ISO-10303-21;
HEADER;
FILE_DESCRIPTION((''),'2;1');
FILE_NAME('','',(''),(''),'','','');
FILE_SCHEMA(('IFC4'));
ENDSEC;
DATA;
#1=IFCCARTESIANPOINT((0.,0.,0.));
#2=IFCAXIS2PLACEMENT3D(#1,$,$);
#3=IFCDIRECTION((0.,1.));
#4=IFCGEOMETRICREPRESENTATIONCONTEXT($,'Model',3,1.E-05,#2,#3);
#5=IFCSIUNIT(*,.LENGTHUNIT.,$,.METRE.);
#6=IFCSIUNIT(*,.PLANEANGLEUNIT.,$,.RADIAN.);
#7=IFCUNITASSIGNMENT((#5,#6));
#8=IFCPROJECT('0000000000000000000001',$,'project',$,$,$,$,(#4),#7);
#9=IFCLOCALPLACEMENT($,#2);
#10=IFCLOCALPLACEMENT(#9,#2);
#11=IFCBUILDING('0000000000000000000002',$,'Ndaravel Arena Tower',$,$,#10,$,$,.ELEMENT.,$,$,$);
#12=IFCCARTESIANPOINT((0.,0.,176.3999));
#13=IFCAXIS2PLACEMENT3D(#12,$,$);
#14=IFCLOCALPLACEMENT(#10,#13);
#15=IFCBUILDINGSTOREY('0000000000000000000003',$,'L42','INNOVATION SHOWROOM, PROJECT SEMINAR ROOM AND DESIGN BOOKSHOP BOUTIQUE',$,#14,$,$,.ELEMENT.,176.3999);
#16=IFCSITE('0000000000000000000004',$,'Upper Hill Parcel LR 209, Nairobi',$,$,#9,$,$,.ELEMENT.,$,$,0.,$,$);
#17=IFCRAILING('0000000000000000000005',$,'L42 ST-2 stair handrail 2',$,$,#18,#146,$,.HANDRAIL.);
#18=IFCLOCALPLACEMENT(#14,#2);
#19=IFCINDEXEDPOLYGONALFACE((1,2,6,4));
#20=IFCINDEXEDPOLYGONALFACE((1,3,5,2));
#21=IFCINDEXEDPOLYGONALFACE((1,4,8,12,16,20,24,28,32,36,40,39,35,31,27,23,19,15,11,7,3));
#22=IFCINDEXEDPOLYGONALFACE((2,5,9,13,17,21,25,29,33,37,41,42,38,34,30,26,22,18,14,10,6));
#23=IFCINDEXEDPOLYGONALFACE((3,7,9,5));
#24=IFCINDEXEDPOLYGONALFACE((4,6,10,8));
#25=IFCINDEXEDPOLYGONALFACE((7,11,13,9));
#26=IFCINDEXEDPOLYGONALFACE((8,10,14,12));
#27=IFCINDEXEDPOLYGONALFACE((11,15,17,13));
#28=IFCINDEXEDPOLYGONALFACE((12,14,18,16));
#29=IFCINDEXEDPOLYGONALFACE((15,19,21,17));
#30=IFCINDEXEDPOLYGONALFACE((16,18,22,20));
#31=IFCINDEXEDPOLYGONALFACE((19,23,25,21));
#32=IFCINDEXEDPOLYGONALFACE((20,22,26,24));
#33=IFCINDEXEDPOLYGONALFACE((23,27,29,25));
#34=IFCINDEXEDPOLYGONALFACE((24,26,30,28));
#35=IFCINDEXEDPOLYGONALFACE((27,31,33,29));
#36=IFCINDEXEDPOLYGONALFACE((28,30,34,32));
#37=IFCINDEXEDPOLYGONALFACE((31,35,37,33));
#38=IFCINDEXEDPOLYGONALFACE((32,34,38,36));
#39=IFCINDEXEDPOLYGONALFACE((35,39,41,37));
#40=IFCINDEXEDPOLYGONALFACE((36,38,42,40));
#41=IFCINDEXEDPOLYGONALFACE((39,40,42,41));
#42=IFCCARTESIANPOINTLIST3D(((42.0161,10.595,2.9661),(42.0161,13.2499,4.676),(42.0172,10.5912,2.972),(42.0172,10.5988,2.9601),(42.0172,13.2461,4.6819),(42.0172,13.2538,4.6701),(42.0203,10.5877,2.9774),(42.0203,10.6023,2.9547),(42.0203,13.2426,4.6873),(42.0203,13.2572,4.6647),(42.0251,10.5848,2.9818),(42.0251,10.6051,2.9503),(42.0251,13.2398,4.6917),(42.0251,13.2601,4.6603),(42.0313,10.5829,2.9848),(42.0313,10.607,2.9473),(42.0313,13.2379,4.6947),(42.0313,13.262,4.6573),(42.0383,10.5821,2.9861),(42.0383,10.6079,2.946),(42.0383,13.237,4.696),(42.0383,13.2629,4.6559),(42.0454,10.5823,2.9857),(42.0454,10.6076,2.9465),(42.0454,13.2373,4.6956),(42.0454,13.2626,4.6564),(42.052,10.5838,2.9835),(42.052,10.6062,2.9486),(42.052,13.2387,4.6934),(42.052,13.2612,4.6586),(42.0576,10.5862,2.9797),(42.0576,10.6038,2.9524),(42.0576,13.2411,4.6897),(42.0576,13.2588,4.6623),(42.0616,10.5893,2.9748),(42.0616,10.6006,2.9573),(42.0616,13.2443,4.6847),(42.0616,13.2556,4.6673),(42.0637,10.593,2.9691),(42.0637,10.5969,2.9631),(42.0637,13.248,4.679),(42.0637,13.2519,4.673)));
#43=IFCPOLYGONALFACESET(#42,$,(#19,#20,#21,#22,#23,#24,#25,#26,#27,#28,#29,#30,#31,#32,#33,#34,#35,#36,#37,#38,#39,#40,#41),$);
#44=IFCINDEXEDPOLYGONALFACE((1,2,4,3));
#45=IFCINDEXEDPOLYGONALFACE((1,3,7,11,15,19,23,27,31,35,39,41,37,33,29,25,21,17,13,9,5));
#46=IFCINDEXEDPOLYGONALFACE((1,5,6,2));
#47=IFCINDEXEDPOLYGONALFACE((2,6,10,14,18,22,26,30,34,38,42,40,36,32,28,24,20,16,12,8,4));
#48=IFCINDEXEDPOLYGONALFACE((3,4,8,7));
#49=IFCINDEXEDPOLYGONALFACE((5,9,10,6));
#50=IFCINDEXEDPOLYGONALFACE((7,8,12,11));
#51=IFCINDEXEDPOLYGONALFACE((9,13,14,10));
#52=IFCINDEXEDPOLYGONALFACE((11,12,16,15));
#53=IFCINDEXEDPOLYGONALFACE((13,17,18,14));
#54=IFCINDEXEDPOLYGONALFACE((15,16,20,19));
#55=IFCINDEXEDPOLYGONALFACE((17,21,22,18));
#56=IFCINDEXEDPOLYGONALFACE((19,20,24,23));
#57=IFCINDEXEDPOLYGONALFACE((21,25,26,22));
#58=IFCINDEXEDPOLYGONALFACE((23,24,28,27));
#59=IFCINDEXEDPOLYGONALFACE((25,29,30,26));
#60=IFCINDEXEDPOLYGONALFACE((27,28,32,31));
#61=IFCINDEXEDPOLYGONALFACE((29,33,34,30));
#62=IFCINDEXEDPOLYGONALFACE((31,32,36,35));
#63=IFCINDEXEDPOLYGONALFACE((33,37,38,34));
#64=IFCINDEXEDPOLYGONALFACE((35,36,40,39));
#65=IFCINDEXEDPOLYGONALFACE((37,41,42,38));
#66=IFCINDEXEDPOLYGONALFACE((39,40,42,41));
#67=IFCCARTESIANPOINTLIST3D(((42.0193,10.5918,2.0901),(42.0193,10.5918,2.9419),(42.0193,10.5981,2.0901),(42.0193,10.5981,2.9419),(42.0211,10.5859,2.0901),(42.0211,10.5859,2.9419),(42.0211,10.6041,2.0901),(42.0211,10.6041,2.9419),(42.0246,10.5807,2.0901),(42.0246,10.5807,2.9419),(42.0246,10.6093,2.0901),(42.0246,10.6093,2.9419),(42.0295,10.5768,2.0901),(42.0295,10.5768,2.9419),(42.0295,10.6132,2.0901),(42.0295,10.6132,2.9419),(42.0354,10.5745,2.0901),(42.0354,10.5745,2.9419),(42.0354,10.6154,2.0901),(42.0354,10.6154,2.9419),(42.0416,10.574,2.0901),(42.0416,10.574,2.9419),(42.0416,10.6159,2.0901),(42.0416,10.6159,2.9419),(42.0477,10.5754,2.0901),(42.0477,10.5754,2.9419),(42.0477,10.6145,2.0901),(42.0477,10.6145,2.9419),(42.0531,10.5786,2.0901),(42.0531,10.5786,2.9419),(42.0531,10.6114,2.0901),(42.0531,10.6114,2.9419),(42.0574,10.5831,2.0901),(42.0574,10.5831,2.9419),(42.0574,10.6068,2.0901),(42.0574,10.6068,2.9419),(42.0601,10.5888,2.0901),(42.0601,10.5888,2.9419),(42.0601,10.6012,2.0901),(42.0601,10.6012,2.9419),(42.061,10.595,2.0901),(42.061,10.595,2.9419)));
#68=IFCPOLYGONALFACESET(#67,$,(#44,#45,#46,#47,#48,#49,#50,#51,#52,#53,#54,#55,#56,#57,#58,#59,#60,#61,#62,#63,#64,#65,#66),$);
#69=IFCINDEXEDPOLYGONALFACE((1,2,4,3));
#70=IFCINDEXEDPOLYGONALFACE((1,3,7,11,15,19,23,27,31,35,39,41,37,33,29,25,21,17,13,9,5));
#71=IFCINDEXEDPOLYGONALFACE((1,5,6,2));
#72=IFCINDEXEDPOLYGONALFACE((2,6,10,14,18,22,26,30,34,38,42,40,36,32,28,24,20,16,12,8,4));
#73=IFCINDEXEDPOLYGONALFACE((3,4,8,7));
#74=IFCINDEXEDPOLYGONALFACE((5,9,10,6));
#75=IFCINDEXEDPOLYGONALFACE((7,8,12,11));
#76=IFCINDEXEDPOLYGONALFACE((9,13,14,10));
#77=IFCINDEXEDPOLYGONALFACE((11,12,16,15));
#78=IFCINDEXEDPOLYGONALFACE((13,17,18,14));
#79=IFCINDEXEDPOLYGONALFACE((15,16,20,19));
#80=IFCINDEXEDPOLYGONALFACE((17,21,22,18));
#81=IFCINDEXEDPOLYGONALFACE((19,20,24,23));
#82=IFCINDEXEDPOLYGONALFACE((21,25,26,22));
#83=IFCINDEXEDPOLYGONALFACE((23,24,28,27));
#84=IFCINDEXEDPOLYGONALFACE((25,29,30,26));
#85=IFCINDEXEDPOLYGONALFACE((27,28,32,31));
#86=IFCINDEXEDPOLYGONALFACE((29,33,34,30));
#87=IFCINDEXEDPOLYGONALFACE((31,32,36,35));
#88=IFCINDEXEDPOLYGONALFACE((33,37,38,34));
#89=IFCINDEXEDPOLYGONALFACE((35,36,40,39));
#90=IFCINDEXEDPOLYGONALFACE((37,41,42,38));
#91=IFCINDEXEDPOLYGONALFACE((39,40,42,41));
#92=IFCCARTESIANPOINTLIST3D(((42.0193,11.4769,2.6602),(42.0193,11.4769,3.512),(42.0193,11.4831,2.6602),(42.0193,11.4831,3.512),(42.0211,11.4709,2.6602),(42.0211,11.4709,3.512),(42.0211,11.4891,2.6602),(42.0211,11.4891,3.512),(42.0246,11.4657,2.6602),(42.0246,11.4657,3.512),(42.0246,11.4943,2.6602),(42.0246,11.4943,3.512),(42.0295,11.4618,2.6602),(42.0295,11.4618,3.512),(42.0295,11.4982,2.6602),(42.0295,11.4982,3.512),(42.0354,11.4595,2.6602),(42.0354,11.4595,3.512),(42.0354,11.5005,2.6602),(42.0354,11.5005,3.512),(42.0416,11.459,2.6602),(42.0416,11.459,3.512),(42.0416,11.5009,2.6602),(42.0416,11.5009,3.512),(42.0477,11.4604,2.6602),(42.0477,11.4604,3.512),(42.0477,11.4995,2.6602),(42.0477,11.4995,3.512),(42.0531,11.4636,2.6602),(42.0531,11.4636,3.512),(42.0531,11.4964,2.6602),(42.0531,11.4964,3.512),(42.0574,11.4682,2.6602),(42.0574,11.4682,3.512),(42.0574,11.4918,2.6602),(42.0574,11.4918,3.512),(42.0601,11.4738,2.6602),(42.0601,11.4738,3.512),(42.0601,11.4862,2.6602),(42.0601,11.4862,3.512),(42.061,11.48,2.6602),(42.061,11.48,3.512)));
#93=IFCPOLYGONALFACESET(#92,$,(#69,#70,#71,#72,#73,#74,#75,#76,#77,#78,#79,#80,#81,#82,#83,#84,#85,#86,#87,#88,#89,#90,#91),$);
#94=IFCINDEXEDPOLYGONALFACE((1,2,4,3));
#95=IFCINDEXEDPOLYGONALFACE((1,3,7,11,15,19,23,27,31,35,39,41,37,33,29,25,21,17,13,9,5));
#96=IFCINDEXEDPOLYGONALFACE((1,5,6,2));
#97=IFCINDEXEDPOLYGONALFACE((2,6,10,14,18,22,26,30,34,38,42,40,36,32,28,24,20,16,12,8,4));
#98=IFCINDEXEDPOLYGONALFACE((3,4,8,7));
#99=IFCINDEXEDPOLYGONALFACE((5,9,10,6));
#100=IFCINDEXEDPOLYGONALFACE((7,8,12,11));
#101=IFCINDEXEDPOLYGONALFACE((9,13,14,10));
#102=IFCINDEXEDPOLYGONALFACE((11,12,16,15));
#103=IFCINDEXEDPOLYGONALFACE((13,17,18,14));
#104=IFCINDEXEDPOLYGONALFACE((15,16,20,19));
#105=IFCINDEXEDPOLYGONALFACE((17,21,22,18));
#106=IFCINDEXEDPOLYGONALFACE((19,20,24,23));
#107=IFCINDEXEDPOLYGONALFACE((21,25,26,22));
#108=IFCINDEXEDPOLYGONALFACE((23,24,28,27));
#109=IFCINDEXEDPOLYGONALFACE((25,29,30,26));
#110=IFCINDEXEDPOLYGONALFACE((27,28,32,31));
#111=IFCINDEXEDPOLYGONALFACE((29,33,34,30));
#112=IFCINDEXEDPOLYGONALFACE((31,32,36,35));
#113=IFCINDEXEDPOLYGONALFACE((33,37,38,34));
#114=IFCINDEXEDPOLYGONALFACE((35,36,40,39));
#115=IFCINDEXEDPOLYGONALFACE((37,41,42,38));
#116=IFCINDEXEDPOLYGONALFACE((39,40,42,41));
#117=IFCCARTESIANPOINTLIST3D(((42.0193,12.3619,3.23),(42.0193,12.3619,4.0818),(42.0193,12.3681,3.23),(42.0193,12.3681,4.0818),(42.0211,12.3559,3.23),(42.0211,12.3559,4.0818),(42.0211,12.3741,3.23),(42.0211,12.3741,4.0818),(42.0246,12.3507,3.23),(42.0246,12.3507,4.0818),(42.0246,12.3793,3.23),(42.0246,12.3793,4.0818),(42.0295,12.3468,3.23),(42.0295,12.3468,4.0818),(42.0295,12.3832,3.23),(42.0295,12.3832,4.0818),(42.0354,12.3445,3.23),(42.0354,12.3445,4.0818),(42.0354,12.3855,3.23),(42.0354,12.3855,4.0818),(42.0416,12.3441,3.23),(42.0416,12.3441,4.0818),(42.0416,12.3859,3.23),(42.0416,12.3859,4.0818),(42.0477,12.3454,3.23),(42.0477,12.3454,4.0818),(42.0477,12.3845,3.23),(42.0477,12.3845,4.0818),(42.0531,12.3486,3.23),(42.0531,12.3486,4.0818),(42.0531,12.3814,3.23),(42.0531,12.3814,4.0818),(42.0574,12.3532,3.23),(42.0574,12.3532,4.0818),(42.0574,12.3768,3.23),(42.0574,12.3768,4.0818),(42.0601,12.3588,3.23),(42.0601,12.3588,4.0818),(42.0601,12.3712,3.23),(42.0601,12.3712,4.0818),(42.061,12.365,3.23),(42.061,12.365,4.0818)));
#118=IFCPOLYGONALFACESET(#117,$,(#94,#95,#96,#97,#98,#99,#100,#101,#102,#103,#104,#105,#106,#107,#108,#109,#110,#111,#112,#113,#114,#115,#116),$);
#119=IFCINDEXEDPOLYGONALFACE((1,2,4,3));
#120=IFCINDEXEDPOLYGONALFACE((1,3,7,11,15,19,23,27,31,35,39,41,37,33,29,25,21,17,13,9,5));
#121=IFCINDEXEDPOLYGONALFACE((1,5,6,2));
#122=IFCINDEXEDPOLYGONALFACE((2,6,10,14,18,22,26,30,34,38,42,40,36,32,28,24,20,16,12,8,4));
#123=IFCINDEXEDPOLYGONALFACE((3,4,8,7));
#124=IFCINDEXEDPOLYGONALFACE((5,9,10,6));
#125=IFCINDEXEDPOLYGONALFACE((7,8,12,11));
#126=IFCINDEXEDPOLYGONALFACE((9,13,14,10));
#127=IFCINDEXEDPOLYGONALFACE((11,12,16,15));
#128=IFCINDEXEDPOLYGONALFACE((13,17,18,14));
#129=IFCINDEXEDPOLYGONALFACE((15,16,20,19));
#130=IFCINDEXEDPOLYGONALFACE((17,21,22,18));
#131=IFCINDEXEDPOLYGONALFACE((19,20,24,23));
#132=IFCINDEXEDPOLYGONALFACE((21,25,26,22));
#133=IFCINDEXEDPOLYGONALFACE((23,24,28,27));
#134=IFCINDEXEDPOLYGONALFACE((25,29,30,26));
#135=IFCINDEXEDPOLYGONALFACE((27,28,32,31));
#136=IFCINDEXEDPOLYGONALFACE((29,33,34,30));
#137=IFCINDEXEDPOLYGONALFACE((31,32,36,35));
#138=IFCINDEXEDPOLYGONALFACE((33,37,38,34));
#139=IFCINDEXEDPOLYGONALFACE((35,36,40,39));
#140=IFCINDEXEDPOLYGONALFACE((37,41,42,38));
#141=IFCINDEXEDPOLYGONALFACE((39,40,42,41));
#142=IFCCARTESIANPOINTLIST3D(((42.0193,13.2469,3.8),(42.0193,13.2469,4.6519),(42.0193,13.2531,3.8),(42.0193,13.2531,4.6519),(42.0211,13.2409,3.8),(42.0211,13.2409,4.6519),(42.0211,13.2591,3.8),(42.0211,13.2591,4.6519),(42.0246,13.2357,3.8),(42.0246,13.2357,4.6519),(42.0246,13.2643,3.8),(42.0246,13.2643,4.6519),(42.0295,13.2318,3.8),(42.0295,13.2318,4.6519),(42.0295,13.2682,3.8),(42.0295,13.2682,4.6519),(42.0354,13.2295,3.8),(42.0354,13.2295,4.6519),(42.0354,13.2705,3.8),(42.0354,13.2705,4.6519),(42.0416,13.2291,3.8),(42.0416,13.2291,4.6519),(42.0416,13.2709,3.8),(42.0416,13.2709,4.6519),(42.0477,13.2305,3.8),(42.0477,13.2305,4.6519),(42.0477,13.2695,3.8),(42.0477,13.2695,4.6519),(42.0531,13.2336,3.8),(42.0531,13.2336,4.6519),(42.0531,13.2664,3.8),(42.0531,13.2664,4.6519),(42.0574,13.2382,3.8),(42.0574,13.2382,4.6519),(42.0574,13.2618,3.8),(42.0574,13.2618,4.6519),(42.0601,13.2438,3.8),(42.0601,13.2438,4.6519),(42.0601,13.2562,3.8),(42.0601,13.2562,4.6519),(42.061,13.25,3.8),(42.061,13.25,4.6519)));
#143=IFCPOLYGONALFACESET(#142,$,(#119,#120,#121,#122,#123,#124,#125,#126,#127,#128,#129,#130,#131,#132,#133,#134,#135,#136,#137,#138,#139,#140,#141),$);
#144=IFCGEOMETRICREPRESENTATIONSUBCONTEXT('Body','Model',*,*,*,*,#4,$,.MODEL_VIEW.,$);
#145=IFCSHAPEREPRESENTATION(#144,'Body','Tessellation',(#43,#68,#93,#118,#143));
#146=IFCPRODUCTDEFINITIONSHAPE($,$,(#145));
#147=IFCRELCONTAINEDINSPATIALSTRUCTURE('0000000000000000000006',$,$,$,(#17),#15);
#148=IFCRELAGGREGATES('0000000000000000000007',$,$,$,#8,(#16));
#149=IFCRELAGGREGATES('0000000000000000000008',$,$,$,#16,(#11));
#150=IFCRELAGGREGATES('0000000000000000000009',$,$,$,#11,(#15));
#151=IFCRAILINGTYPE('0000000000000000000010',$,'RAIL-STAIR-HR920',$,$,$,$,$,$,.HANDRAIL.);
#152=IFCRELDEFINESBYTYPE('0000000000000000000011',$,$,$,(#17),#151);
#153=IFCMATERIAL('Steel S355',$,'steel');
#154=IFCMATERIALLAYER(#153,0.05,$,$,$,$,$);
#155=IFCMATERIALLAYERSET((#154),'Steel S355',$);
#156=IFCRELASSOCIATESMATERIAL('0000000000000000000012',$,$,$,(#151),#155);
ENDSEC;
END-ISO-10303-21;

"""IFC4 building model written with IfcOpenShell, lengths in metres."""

from ifc_helpers import new_model, si_unit, direction, frame, origin, origin_2d, place, context, subcontext, project, spatial, circle, extrude, material, layer, layer_set, type_object, element, save


model = new_model("IFC4")

# Units and contexts
model_context = context("Model", 3, precision=1e-05, world=origin(), true_north=direction((0.0, 1.0)))
body_context = subcontext(model_context, "Body", "Model", "MODEL_VIEW")
ifc_project = project(units=[si_unit("LENGTHUNIT", "METRE"), si_unit("PLANEANGLEUNIT", "RADIAN")], contexts=[model_context])

# Site, building, storey
site_placement = place(None, origin())
site = spatial("IfcSite", under=ifc_project, at=site_placement, Name="Upper Hill Parcel LR 209, Nairobi", CompositionType="ELEMENT", RefElevation=0.0)
building_placement = place(site_placement, origin())
building = spatial("IfcBuilding", under=site, at=building_placement, Name="Ndaravel Arena Tower", CompositionType="ELEMENT")
storey_placement = place(building_placement, frame((0.0, 0.0, 176.3999)))
storey = spatial("IfcBuildingStorey", under=building, at=storey_placement, Name="L42", Description="INNOVATION SHOWROOM, PROJECT SEMINAR ROOM AND DESIGN BOOKSHOP BOUTIQUE", CompositionType="ELEMENT", Elevation=176.3999)

# Railing
ifc_material_1 = material(Name="Steel S355", Category="steel")
ifc_layer_1 = layer(ifc_material_1, 0.05)
ifc_layer_set_1 = layer_set([ifc_layer_1], Name="Steel S355")
railing_type_1 = type_object("IfcRailingType", Name="RAIL-STAIR-HR920", PredefinedType="HANDRAIL", material=ifc_layer_set_1)
railing_1_placement = place(storey_placement, frame((42.04, 10.595, 2.0901)))
element("IfcRailing", 1, at=railing_1_placement, inside=storey, type_object=railing_type_1, Name="L42 ST-2 stair handrail 2", PredefinedType="HANDRAIL", context=body_context, shape_type="SweptSolid", body=[
    extrude(circle(Radius=0.0239, at=origin_2d()), frame((0.0, 0.0, 0.876), z_axis=(0.0, 0.840724, 0.541465), x_axis=(-1.0, 0.0, 0.0)), (0.0, 0.0, 1.0), 3.158),
    extrude(circle(Radius=0.021, at=origin_2d()), origin(), (0.0, 0.0, 1.0), 0.8518),
    extrude(circle(Radius=0.021, at=origin_2d()), frame((0.0, 0.885, 0.5701)), (0.0, 0.0, 1.0), 0.8518),
    extrude(circle(Radius=0.021, at=origin_2d()), frame((0.0, 1.77, 1.1399)), (0.0, 0.0, 1.0), 0.8518),
    extrude(circle(Radius=0.021, at=origin_2d()), frame((0.0, 2.655, 1.71)), (0.0, 0.0, 1.0), 0.8518),
])

save(model, "model.ifc")
